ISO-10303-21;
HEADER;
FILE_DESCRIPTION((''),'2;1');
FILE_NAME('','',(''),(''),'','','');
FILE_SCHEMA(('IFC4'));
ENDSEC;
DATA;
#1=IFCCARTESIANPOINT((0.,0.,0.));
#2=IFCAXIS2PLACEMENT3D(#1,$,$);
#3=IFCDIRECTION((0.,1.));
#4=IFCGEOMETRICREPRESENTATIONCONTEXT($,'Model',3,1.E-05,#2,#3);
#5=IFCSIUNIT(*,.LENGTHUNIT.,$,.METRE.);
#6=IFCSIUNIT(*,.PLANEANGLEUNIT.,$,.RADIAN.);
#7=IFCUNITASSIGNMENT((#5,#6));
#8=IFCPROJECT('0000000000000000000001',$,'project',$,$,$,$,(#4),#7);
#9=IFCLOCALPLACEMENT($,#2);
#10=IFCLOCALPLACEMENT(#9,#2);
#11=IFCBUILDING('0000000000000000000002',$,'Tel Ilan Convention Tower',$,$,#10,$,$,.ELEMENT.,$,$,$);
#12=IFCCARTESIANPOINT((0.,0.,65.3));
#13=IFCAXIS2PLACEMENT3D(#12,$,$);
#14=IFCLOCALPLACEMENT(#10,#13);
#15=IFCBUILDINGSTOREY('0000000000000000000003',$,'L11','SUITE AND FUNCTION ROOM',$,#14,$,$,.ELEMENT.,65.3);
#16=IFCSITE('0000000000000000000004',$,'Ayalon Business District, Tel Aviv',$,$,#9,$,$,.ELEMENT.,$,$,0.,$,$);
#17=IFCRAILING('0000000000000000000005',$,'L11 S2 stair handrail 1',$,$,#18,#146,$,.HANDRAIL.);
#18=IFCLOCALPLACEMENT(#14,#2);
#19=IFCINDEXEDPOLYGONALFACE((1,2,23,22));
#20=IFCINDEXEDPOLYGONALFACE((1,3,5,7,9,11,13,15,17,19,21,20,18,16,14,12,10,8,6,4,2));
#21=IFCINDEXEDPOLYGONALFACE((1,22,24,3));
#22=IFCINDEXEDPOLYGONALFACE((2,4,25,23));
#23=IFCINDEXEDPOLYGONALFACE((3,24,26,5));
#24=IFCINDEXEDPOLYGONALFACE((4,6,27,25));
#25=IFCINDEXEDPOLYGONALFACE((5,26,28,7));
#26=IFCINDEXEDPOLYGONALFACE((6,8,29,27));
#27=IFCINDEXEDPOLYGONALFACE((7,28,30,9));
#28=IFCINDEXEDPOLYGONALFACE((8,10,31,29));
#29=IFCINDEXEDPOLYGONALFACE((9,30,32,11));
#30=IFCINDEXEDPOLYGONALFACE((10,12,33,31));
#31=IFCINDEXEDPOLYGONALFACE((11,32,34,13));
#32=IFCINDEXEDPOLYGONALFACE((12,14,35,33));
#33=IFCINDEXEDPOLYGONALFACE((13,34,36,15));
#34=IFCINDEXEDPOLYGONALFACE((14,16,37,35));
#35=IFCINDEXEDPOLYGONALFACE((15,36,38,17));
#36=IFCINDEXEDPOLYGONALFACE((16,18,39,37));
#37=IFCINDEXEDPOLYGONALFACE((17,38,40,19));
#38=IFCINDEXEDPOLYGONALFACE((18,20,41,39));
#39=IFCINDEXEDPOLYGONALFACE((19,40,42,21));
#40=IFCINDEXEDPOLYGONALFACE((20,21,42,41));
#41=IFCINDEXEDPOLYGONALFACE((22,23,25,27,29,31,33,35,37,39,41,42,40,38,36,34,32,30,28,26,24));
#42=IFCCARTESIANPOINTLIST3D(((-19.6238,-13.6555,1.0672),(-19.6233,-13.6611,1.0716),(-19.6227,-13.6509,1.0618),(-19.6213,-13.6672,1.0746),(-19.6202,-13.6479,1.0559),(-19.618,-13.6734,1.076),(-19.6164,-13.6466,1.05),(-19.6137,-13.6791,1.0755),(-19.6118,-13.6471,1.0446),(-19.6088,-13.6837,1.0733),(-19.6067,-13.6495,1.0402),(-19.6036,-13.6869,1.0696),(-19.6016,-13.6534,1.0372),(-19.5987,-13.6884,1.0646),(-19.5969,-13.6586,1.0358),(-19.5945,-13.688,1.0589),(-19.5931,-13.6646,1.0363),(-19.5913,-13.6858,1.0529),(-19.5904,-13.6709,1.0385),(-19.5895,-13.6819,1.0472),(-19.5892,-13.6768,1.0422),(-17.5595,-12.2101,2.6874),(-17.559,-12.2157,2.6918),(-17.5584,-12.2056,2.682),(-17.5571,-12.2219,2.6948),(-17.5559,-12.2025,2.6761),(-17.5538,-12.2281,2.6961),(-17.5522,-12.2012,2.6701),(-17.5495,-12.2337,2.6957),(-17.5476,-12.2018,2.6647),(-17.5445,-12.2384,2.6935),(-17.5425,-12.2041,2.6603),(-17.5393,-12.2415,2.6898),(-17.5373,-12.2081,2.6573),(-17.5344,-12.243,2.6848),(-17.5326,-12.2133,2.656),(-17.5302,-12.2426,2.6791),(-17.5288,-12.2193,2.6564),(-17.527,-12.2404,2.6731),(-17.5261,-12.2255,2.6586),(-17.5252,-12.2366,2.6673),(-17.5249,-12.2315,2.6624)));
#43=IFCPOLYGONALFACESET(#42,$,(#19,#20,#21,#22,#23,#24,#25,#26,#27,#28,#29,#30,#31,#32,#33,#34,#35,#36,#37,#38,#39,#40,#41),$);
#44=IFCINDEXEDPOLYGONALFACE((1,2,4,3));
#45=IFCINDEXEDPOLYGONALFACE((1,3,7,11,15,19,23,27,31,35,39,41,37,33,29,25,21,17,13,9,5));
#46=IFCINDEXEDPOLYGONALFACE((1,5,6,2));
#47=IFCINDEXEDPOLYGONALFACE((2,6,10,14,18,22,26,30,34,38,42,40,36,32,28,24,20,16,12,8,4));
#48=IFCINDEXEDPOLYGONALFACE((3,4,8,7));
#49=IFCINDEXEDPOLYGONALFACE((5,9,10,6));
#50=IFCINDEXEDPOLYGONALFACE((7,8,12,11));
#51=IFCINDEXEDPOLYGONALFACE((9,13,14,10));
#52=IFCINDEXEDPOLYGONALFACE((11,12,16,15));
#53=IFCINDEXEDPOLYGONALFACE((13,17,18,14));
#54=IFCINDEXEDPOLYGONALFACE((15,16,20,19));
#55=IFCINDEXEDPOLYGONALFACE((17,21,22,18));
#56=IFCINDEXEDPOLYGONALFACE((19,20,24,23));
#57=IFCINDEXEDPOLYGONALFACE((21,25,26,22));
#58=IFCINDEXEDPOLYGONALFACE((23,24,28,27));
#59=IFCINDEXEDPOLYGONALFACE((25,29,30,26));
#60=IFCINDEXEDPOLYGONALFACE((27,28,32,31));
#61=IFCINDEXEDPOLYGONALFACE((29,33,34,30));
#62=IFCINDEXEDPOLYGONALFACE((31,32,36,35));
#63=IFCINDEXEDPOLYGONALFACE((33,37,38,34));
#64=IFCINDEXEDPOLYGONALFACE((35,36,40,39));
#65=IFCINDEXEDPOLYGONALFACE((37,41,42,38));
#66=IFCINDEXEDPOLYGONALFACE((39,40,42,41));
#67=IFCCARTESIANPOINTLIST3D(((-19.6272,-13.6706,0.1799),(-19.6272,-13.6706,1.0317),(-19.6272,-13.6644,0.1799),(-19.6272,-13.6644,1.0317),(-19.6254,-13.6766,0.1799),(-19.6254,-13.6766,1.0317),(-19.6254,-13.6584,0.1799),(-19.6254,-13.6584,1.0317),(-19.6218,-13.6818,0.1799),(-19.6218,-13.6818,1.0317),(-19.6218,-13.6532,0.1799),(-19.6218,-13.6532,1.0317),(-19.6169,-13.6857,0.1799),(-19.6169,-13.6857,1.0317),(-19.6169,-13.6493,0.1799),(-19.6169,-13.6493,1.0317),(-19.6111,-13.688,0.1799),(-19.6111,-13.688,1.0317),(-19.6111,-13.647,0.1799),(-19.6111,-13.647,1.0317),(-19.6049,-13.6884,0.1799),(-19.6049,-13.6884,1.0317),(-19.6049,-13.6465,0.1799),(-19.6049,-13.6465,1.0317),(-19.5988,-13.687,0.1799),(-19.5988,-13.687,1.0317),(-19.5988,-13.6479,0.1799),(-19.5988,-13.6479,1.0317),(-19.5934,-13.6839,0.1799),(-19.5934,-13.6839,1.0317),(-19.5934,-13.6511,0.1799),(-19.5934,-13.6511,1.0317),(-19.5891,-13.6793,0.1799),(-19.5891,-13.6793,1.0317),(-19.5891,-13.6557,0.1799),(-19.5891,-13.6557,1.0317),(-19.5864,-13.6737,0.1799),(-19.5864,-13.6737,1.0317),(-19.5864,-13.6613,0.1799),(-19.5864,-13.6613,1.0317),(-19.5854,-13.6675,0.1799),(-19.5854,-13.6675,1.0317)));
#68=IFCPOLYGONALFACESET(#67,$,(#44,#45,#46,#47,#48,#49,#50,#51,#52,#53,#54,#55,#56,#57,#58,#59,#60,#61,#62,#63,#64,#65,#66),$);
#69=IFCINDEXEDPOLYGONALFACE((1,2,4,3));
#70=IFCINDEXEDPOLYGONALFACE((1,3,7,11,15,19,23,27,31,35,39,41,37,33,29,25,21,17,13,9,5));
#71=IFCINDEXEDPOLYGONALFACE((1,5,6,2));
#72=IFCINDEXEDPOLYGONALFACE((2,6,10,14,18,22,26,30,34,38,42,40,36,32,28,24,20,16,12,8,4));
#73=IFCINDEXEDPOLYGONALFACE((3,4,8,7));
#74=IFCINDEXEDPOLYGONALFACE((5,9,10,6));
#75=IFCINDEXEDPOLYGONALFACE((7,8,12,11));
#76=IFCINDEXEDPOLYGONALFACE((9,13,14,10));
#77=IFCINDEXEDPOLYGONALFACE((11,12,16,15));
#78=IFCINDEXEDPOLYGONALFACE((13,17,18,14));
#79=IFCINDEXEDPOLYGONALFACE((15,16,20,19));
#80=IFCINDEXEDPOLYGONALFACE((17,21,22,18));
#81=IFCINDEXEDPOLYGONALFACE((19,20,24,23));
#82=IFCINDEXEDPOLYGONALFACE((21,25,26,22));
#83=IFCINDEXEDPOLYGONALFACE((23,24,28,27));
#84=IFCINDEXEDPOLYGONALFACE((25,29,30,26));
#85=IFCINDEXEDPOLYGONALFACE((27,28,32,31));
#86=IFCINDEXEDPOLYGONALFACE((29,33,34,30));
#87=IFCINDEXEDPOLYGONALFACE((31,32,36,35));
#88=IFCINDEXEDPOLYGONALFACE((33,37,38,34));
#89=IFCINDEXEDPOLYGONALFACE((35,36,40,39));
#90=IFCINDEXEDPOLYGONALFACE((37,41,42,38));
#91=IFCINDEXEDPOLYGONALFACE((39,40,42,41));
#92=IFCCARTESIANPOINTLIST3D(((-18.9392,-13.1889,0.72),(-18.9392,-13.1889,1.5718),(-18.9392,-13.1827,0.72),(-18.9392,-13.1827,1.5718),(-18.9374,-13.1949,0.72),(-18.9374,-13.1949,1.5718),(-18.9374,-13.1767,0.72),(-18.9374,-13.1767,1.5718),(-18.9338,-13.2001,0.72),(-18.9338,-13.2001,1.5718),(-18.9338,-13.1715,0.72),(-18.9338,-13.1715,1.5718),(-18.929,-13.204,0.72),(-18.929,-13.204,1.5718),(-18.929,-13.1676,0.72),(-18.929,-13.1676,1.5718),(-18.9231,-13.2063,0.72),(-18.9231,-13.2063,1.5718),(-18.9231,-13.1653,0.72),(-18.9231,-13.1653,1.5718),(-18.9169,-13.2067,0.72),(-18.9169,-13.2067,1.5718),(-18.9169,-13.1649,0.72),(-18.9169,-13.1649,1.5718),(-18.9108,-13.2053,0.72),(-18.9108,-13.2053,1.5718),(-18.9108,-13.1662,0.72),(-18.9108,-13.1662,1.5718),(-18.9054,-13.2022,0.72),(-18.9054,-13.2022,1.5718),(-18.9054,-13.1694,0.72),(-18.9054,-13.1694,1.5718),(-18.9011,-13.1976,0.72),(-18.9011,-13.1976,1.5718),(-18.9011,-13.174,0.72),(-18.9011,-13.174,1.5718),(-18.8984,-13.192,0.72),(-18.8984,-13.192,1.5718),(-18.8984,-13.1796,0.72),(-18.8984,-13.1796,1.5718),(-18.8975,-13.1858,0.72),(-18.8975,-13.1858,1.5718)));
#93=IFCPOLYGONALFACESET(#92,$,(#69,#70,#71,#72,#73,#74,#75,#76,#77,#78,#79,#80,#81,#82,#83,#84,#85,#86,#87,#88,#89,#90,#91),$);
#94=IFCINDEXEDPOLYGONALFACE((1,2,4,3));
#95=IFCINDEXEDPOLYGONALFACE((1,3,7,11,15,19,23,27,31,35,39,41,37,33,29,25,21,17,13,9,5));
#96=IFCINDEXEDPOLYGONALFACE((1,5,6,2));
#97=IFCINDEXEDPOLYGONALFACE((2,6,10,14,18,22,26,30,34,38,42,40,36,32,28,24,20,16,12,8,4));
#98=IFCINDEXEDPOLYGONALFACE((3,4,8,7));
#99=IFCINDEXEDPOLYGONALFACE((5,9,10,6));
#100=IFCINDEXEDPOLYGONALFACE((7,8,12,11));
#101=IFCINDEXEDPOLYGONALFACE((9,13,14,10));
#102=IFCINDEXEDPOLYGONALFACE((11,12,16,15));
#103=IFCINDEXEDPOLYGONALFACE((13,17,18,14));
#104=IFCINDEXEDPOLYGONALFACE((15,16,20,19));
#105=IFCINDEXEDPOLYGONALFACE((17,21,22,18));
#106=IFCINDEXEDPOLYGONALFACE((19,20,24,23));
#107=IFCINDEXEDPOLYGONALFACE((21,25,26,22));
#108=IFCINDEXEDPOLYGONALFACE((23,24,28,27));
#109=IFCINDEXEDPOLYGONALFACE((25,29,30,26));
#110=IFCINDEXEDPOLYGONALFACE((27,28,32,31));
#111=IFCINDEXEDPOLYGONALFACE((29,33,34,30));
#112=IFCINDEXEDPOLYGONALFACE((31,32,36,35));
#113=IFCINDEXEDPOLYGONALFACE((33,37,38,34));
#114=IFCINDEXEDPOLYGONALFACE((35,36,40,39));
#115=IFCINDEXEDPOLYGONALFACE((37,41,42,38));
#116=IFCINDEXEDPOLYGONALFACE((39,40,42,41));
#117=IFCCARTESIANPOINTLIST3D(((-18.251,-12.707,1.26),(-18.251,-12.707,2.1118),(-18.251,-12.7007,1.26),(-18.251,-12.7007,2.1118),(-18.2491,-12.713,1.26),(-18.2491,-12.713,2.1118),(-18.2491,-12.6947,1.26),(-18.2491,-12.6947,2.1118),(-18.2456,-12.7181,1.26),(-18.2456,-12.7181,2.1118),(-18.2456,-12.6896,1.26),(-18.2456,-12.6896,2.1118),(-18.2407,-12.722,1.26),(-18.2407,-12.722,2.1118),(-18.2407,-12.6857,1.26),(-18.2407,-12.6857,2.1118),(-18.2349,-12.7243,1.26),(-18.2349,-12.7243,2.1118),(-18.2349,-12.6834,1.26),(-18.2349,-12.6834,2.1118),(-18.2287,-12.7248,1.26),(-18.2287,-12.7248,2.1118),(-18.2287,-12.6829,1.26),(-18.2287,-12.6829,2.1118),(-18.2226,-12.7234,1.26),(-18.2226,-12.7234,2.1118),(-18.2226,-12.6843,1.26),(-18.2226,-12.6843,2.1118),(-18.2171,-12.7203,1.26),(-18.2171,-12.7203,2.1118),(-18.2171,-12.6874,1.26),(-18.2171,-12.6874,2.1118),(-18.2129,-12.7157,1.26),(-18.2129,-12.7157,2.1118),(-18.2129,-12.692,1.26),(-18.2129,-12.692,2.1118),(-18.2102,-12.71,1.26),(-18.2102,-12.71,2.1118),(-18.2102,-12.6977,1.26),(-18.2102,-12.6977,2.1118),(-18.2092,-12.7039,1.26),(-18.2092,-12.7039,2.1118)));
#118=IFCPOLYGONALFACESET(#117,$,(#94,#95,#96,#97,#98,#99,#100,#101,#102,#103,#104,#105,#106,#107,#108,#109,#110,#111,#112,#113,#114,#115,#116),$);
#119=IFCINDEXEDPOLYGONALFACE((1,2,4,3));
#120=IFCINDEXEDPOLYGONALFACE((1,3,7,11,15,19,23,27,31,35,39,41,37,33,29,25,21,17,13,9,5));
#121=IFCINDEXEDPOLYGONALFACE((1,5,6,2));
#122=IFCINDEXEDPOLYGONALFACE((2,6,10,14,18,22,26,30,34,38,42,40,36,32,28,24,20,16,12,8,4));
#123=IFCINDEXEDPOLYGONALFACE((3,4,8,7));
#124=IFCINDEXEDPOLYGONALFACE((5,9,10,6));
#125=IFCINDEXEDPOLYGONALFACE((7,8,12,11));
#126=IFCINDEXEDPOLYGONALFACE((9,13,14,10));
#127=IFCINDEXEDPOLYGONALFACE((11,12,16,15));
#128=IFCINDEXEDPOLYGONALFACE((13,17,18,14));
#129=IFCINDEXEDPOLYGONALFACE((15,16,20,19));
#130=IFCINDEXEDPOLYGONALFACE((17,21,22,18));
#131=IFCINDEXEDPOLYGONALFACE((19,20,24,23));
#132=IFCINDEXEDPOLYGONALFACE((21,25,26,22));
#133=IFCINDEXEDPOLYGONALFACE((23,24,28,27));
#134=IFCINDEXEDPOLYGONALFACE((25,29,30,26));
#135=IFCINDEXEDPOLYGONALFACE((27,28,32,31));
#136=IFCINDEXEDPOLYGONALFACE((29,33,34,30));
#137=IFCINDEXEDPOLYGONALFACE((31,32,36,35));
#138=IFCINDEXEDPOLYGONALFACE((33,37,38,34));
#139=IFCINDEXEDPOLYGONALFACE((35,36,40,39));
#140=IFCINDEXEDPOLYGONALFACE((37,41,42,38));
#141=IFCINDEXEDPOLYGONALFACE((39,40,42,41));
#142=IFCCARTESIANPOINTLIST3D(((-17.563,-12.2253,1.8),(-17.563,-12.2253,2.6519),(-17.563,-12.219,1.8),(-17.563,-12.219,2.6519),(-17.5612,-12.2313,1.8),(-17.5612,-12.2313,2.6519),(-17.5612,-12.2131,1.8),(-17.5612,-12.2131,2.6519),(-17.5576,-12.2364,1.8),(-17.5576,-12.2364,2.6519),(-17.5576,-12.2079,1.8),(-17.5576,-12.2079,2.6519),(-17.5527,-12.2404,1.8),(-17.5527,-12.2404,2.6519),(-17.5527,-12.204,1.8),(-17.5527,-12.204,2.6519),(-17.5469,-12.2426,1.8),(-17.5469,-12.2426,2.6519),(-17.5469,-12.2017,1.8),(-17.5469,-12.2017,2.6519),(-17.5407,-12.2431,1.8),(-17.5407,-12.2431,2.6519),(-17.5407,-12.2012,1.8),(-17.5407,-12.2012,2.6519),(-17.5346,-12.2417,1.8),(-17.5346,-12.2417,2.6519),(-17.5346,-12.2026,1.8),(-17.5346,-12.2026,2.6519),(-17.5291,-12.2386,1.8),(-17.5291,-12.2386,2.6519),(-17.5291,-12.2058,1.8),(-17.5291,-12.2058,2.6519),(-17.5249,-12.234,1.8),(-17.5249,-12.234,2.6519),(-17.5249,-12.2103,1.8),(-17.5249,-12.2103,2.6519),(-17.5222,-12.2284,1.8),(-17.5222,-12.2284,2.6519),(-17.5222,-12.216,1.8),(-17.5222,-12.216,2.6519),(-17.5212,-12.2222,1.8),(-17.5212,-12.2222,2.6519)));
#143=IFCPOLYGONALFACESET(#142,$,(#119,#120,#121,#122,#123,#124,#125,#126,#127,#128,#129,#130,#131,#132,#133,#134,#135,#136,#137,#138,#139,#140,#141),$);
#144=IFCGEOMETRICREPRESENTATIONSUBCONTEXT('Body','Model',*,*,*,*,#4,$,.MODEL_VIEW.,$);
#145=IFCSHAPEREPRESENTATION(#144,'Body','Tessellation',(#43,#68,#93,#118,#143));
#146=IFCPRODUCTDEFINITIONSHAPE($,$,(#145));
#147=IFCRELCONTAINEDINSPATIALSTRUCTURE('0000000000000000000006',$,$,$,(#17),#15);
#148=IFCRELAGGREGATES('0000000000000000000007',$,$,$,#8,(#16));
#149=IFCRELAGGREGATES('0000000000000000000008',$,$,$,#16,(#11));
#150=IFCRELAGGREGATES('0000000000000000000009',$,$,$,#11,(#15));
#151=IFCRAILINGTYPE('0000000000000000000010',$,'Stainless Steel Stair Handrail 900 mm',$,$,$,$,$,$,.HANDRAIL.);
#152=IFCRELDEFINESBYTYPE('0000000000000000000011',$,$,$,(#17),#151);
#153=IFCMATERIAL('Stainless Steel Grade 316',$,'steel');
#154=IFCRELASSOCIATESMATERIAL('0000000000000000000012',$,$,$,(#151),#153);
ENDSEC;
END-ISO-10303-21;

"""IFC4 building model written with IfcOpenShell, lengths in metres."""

from ifc_helpers import new_model, si_unit, direction, frame, origin, origin_2d, place, context, subcontext, project, spatial, circle, extrude, material, type_object, element, save


model = new_model("IFC4")

# Units and contexts
model_context = context("Model", 3, precision=1e-05, world=origin(), true_north=direction((0.0, 1.0)))
body_context = subcontext(model_context, "Body", "Model", "MODEL_VIEW")
ifc_project = project(units=[si_unit("LENGTHUNIT", "METRE"), si_unit("PLANEANGLEUNIT", "RADIAN")], contexts=[model_context])

# Site, building, storey
site_placement = place(None, origin())
site = spatial("IfcSite", under=ifc_project, at=site_placement, Name="Ayalon Business District, Tel Aviv", CompositionType="ELEMENT", RefElevation=0.0)
building_placement = place(site_placement, origin())
building = spatial("IfcBuilding", under=site, at=building_placement, Name="Tel Ilan Convention Tower", CompositionType="ELEMENT")
storey_placement = place(building_placement, frame((0.0, 0.0, 65.3)))
storey = spatial("IfcBuildingStorey", under=building, at=storey_placement, Name="L11", Description="SUITE AND FUNCTION ROOM", CompositionType="ELEMENT", Elevation=65.3)

# Railing
ifc_material_1 = material(Name="Stainless Steel Grade 316", Category="steel")
railing_type_1 = type_object("IfcRailingType", Name="Stainless Steel Stair Handrail 900 mm", PredefinedType="HANDRAIL", material=ifc_material_1)
railing_1_placement = place(storey_placement, frame((-19.6064, -13.6675, 0.1799)))
element("IfcRailing", 1, at=railing_1_placement, inside=storey, type_object=railing_type_1, Name="L11 S2 stair handrail 1", PredefinedType="HANDRAIL", context=body_context, shape_type="SweptSolid", body=[
    extrude(circle(Radius=0.0239, at=origin_2d()), frame((0.0, 0.0, 0.876), z_axis=(0.68904, 0.48245, 0.540801), x_axis=(-0.57356, 0.819164, 0.0)), (0.0, 0.0, 1.0), 2.9958),
    extrude(circle(Radius=0.021, at=origin_2d()), origin(), (0.0, 0.0, 1.0), 0.8518),
    extrude(circle(Radius=0.021, at=origin_2d()), frame((0.688, 0.4817, 0.54)), (0.0, 0.0, 1.0), 0.8518),
    extrude(circle(Radius=0.021, at=origin_2d()), frame((1.3762, 0.9636, 1.0801)), (0.0, 0.0, 1.0), 0.8518),
    extrude(circle(Radius=0.021, at=origin_2d()), frame((2.0642, 1.4453, 1.6201)), (0.0, 0.0, 1.0), 0.8518),
])

save(model, "model.ifc")
